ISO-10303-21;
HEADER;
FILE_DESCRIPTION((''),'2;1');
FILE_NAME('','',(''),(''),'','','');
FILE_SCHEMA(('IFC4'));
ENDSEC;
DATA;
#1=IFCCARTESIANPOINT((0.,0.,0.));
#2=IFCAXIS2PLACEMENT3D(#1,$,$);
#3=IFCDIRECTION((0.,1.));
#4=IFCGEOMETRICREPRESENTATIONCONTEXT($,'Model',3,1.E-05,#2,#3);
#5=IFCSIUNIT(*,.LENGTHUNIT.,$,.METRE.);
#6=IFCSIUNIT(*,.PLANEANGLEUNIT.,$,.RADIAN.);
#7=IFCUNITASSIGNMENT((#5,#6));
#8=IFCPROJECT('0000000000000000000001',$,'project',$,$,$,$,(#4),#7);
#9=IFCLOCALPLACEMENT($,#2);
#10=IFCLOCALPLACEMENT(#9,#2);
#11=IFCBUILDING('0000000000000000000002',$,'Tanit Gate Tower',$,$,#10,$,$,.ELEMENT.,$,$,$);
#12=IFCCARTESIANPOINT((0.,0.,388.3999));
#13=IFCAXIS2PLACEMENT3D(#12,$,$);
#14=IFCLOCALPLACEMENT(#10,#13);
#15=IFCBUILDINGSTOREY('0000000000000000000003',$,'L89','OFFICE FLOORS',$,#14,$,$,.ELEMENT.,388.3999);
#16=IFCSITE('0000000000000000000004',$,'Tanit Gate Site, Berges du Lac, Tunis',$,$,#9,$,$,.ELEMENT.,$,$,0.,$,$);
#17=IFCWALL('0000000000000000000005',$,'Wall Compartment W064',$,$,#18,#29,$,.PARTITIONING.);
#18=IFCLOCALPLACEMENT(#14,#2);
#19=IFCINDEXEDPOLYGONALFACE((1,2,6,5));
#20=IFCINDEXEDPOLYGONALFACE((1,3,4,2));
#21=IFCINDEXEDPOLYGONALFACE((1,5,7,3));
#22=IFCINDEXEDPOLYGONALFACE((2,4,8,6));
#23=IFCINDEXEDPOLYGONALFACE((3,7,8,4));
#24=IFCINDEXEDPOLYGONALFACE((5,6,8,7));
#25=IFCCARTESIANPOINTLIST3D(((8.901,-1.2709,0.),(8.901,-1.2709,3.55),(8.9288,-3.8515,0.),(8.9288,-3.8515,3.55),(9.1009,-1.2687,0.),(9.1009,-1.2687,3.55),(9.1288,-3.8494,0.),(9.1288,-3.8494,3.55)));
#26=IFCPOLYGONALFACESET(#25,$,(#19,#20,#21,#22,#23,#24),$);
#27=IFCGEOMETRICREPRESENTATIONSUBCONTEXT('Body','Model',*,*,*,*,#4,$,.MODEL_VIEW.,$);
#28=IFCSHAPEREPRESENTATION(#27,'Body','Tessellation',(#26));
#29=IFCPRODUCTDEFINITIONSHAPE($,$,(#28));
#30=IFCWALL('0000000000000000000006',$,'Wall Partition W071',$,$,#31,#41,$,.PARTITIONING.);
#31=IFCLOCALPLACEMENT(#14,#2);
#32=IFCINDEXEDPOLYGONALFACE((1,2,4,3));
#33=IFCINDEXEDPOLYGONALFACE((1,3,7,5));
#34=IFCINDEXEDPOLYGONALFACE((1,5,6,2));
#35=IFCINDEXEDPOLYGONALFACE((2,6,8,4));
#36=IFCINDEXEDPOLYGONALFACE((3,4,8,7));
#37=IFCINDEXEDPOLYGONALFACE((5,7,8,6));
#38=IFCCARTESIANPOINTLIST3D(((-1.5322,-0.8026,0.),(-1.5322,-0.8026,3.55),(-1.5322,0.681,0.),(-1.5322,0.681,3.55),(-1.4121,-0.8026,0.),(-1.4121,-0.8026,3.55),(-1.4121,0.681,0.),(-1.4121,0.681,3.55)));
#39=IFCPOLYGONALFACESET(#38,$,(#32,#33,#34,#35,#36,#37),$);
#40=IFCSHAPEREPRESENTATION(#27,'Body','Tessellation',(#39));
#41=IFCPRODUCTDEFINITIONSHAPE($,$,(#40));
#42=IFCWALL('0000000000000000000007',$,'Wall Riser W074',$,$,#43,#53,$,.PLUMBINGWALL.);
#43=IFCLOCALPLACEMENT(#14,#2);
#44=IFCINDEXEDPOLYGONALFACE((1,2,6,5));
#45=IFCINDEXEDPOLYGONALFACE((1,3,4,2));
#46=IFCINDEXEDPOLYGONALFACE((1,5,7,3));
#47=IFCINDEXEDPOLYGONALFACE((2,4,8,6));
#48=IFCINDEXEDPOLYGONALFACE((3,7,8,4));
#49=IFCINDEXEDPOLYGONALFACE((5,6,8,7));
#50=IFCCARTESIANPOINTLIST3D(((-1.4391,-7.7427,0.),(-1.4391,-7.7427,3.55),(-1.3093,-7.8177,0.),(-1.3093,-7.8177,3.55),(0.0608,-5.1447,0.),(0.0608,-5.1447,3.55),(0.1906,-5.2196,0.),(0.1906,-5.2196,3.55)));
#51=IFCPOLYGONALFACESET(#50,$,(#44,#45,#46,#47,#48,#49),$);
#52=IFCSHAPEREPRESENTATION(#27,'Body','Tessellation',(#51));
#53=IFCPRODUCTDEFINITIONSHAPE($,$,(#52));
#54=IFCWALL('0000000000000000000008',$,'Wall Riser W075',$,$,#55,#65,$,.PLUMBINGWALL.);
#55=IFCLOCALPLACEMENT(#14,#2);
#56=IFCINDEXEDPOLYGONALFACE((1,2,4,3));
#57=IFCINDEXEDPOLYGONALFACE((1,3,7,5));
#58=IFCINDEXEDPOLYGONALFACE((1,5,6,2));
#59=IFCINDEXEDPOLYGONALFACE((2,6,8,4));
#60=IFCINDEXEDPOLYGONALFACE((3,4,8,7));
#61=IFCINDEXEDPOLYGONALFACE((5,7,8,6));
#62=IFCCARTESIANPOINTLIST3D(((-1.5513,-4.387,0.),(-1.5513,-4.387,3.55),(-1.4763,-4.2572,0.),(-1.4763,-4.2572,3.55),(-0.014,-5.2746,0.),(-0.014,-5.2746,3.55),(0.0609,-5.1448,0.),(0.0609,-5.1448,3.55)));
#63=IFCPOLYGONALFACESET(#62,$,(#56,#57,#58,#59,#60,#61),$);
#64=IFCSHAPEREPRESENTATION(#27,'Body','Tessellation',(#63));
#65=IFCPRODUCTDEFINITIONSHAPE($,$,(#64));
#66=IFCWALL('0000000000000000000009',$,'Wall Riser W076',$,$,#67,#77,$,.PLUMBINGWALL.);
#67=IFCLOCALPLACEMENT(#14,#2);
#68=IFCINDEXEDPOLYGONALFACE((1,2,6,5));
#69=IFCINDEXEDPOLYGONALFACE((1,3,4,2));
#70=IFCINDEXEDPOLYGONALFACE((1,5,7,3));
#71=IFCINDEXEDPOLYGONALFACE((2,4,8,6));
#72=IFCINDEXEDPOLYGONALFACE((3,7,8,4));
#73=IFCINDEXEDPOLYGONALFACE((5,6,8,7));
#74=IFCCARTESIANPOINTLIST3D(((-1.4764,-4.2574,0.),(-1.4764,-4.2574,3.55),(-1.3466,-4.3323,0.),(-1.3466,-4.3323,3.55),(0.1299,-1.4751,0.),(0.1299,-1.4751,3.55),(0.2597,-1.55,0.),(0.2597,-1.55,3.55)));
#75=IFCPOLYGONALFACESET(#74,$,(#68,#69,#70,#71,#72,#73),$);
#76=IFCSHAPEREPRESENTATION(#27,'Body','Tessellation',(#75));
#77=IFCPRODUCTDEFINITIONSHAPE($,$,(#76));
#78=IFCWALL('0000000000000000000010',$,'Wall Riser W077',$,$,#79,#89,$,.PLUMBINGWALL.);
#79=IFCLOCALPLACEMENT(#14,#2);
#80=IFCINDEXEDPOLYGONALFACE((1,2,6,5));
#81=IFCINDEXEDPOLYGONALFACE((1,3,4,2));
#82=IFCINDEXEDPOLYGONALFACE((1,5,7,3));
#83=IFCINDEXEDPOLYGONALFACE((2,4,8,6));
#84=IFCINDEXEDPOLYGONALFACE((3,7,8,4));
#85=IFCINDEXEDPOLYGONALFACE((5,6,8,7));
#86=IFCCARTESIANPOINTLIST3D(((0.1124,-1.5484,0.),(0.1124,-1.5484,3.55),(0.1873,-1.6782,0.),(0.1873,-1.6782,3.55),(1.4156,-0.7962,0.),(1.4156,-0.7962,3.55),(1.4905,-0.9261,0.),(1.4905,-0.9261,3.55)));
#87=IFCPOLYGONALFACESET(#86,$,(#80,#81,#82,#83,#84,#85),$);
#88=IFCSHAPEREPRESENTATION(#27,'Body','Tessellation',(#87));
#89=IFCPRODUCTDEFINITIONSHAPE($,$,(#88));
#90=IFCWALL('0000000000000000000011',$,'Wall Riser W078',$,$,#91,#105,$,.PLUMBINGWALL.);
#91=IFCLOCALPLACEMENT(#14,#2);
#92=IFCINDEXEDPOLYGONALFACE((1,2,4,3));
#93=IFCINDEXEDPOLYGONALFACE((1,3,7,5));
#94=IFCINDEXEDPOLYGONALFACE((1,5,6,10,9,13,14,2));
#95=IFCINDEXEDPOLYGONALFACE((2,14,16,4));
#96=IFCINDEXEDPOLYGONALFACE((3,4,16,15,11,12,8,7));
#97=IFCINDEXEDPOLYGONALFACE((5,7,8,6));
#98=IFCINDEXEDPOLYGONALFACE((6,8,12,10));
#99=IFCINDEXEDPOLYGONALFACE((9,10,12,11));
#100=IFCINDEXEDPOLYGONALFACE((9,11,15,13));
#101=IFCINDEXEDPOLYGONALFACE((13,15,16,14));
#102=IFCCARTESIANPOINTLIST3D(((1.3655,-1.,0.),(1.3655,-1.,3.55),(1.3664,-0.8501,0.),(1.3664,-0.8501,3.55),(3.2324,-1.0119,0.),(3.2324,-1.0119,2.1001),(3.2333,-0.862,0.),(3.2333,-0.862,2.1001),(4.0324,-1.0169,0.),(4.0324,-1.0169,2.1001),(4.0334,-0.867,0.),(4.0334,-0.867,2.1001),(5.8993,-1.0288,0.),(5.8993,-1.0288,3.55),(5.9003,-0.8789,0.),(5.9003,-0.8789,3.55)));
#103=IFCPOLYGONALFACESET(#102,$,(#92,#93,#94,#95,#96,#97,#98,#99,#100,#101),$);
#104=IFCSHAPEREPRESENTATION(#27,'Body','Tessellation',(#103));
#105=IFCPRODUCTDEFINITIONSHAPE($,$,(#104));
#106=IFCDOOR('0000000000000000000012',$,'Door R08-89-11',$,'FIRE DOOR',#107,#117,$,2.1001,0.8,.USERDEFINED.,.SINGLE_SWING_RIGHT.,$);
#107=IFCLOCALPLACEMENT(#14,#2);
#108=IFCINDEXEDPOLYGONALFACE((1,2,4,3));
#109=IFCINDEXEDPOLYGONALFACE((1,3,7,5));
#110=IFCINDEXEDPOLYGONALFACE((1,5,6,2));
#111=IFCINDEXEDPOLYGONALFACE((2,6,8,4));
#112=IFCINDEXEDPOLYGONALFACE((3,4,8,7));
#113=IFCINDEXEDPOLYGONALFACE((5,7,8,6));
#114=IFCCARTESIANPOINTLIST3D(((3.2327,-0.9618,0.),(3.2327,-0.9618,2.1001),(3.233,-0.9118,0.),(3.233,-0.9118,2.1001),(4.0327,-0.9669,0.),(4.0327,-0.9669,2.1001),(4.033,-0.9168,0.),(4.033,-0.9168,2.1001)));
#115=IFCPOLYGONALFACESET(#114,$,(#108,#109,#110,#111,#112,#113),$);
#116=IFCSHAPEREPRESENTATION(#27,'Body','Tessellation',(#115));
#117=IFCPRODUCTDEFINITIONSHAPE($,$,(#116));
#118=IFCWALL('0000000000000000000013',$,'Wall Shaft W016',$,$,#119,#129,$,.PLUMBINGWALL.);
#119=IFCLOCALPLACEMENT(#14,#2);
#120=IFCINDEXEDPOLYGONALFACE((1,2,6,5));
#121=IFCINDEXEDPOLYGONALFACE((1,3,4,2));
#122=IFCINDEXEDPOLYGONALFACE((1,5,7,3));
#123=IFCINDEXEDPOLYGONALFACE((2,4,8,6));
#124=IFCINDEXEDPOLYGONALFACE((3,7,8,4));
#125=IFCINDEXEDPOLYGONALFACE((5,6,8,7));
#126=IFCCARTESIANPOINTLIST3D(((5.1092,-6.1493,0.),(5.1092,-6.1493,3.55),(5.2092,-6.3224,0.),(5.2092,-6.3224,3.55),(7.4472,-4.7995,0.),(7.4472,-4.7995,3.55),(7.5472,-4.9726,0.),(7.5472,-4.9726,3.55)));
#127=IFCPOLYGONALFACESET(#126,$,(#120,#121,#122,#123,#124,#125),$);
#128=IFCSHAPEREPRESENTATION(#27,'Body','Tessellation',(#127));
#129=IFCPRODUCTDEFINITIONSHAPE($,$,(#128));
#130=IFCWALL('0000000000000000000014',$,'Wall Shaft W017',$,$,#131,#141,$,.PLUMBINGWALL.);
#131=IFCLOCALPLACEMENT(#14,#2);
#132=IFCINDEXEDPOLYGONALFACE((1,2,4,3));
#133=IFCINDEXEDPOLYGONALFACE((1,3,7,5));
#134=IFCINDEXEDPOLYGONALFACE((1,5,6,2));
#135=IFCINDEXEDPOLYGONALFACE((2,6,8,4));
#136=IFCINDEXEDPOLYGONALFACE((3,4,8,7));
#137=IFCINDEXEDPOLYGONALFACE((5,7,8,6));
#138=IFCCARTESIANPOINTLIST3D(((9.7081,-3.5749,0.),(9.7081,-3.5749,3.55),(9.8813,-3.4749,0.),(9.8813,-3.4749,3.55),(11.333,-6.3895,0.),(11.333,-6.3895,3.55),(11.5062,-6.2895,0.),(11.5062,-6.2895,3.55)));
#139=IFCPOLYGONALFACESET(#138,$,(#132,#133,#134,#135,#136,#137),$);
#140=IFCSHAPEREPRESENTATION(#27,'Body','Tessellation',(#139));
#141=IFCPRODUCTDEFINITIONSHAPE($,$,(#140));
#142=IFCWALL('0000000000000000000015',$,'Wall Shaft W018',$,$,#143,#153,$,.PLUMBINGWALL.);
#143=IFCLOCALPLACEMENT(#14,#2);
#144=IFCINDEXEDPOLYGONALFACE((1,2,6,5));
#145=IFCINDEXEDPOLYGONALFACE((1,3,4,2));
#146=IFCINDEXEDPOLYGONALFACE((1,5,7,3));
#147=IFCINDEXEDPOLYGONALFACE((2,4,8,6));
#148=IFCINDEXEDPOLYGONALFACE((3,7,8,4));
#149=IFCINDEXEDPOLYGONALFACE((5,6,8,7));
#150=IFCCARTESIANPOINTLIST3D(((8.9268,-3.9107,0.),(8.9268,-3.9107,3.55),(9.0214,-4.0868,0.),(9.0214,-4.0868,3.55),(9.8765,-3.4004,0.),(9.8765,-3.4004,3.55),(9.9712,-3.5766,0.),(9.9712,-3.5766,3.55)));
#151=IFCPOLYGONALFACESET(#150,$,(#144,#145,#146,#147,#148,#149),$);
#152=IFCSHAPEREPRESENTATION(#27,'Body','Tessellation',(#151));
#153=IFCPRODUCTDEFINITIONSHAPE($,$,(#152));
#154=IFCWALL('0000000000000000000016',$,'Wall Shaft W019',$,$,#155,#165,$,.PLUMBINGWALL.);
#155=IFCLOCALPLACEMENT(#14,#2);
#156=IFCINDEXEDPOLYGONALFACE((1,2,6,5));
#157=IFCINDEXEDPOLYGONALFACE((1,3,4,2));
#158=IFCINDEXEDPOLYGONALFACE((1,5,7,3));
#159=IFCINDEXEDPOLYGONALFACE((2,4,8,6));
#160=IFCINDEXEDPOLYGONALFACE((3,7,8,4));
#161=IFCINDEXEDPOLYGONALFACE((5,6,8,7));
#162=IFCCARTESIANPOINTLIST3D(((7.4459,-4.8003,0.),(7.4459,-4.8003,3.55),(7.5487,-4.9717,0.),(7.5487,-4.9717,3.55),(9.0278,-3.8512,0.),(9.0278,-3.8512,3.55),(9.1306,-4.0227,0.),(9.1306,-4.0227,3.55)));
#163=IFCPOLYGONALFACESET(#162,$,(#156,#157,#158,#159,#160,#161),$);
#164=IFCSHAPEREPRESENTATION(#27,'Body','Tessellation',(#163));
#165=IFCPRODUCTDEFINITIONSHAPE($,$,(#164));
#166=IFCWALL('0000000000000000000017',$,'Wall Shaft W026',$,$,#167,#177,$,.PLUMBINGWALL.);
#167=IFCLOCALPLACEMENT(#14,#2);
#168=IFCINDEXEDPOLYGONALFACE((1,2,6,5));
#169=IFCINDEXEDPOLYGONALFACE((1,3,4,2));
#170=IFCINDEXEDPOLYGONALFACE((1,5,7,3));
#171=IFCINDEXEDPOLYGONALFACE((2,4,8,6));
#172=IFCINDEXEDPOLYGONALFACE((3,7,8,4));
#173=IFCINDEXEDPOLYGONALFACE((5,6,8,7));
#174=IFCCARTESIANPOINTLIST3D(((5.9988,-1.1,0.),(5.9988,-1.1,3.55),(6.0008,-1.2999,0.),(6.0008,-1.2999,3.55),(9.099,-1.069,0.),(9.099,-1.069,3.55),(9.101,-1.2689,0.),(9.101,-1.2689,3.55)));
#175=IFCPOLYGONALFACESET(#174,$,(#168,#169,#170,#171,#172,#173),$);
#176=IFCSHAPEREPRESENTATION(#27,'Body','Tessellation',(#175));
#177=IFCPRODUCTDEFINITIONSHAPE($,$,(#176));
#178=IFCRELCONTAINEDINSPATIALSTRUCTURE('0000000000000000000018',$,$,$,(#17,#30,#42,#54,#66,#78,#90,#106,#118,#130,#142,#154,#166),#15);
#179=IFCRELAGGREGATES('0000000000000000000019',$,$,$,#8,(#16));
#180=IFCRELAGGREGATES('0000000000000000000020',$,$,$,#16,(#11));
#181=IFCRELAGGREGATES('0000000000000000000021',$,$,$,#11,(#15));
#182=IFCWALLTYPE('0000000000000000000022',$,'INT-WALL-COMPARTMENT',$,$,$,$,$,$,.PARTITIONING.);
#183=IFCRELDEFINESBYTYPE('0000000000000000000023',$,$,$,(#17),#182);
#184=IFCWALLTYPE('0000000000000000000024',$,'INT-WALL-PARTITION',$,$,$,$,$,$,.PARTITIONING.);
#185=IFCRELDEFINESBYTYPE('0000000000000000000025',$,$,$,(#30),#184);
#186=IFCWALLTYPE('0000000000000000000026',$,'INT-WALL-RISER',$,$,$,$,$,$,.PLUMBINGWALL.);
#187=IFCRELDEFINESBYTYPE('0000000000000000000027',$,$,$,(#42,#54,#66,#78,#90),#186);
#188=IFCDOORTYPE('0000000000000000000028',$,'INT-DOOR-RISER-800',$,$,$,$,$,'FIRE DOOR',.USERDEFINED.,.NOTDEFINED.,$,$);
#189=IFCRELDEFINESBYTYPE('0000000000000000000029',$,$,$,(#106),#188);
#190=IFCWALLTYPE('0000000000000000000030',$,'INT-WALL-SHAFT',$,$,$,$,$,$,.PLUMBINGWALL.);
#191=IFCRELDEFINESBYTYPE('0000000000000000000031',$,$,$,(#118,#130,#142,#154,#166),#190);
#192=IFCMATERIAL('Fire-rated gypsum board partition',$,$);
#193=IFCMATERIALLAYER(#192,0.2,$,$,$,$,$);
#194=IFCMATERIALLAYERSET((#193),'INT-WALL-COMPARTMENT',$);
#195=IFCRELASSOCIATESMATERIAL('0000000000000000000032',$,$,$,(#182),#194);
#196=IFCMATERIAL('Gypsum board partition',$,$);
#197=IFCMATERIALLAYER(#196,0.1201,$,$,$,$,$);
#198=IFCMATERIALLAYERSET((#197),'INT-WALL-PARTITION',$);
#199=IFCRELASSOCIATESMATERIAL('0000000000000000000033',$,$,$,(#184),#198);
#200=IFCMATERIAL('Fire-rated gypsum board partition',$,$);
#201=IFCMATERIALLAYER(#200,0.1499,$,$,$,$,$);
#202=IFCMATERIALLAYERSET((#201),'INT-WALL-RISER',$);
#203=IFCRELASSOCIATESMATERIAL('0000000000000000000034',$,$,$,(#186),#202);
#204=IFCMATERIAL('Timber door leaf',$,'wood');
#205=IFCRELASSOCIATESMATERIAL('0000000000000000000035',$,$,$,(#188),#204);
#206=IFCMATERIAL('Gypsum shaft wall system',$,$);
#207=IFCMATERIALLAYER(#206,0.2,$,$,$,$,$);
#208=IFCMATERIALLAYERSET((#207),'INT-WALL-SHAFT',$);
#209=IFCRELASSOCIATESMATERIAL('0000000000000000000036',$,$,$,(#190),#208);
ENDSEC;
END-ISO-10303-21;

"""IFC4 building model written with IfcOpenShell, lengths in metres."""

from ifc_helpers import new_model, si_unit, direction, frame, frame_2d, origin, place, context, subcontext, project, spatial, rectangle, extrude, material, layer, layer_set, type_object, element, fill, save


model = new_model("IFC4")

# Units and contexts
model_context = context("Model", 3, precision=1e-05, world=origin(), true_north=direction((0.0, 1.0)))
body_context = subcontext(model_context, "Body", "Model", "MODEL_VIEW")
ifc_project = project(units=[si_unit("LENGTHUNIT", "METRE"), si_unit("PLANEANGLEUNIT", "RADIAN")], contexts=[model_context])

# Site, building, storey
site_placement = place(None, origin())
site = spatial("IfcSite", under=ifc_project, at=site_placement, Name="Tanit Gate Site, Berges du Lac, Tunis", CompositionType="ELEMENT", RefElevation=0.0)
building_placement = place(site_placement, origin())
building = spatial("IfcBuilding", under=site, at=building_placement, Name="Tanit Gate Tower", CompositionType="ELEMENT")
storey_placement = place(building_placement, frame((0.0, 0.0, 388.3999)))
storey = spatial("IfcBuildingStorey", under=building, at=storey_placement, Name="L89", Description="OFFICE FLOORS", CompositionType="ELEMENT", Elevation=388.3999)

# Walls
ifc_material_1 = material(Name="Fire-rated gypsum board partition")
ifc_layer_1 = layer(ifc_material_1, 0.2)
ifc_layer_set_1 = layer_set([ifc_layer_1], Name="INT-WALL-COMPARTMENT")
wall_type_1 = type_object("IfcWallType", Name="INT-WALL-COMPARTMENT", PredefinedType="PARTITIONING", material=ifc_layer_set_1)
wall_1_placement = place(storey_placement, frame((9.0288, -3.8506, 0.0), z_axis=(0.0, 0.0, 1.0), x_axis=(-0.010785, 0.999942, 0.0)))
element("IfcWall", 1, at=wall_1_placement, inside=storey, type_object=wall_type_1, Name="Wall Compartment W064", PredefinedType="PARTITIONING", context=body_context, shape_type="SweptSolid", body=[
    extrude(rectangle(XDim=2.5808, YDim=0.2, at=frame_2d((1.2905, 0.0))), origin(), (0.0, 0.0, 1.0), 3.55),
])
ifc_material_2 = material(Name="Gypsum board partition")
ifc_layer_2 = layer(ifc_material_2, 0.1201)
ifc_layer_set_2 = layer_set([ifc_layer_2], Name="INT-WALL-PARTITION")
wall_type_2 = type_object("IfcWallType", Name="INT-WALL-PARTITION", PredefinedType="PARTITIONING", material=ifc_layer_set_2)
wall_2_placement = place(storey_placement, frame((-1.4722, -0.8025, 0.0), z_axis=(0.0, 0.0, 1.0), x_axis=(0.0, 1.0, 0.0)))
element("IfcWall", 2, at=wall_2_placement, inside=storey, type_object=wall_type_2, Name="Wall Partition W071", PredefinedType="PARTITIONING", context=body_context, shape_type="SweptSolid", body=[
    extrude(rectangle(XDim=1.4836, YDim=0.1201, at=frame_2d((0.7417, 0.0))), origin(), (0.0, 0.0, 1.0), 3.55),
])
ifc_material_3 = material(Name="Fire-rated gypsum board partition")
ifc_layer_3 = layer(ifc_material_3, 0.1499)
ifc_layer_set_3 = layer_set([ifc_layer_3], Name="INT-WALL-RISER")
wall_type_3 = type_object("IfcWallType", Name="INT-WALL-RISER", PredefinedType="PLUMBINGWALL", material=ifc_layer_set_3)
wall_3_placement = place(storey_placement, frame((0.1257, -5.1821, 0.0), z_axis=(0.0, 0.0, 1.0), x_axis=(-0.49999, -0.866031, 0.0)))
element("IfcWall", 3, at=wall_3_placement, inside=storey, type_object=wall_type_3, Name="Wall Riser W074", PredefinedType="PLUMBINGWALL", context=body_context, shape_type="SweptSolid", body=[
    extrude(rectangle(XDim=3.0, YDim=0.1499, at=frame_2d((1.5, 0.0))), origin(), (0.0, 0.0, 1.0), 3.55),
])
wall_4_placement = place(storey_placement, frame((-1.5139, -4.322, 0.0), z_axis=(0.0, 0.0, 1.0), x_axis=(0.866, -0.500044, 0.0)))
element("IfcWall", 4, at=wall_4_placement, inside=storey, type_object=wall_type_3, Name="Wall Riser W075", PredefinedType="PLUMBINGWALL", context=body_context, shape_type="SweptSolid", body=[
    extrude(rectangle(XDim=1.7751, YDim=0.1499, at=frame_2d((0.8877, 0.0))), origin(), (0.0, 0.0, 1.0), 3.55),
])
wall_5_placement = place(storey_placement, frame((0.1948, -1.5125, 0.0), z_axis=(0.0, 0.0, 1.0), x_axis=(-0.499972, -0.866041, 0.0)))
element("IfcWall", 5, at=wall_5_placement, inside=storey, type_object=wall_type_3, Name="Wall Riser W076", PredefinedType="PLUMBINGWALL", context=body_context, shape_type="SweptSolid", body=[
    extrude(rectangle(XDim=3.2126, YDim=0.1499, at=frame_2d((1.6064, 0.0))), origin(), (0.0, 0.0, 1.0), 3.55),
])
wall_6_placement = place(storey_placement, frame((1.4531, -0.8611, 0.0), z_axis=(0.0, 0.0, 1.0), x_axis=(-0.866088, -0.499891, 0.0)))
element("IfcWall", 6, at=wall_6_placement, inside=storey, type_object=wall_type_3, Name="Wall Riser W077", PredefinedType="PLUMBINGWALL", context=body_context, shape_type="SweptSolid", body=[
    extrude(rectangle(XDim=1.5046, YDim=0.1499, at=frame_2d((0.7524, 0.0))), origin(), (0.0, 0.0, 1.0), 3.55),
])

# Wall, opening, door
wall_7_placement = place(storey_placement, frame((5.8999, -0.9539, 0.0), z_axis=(0.0, 0.0, 1.0), x_axis=(-0.99998, 0.006354, 0.0)))
wall_7 = element("IfcWall", 7, at=wall_7_placement, inside=storey, type_object=wall_type_3, Name="Wall Riser W078", PredefinedType="PLUMBINGWALL", context=body_context, shape_type="SweptSolid", body=[
    extrude(rectangle(XDim=4.5339, YDim=0.1499, at=frame_2d((2.2671, 0.0))), origin(), (0.0, 0.0, 1.0), 3.55),
])
opening_placement = place(wall_7_placement, frame((1.8672, 0.0, 0.0)))
opening = element("IfcOpeningElement", 8, at=opening_placement, cuts=wall_7, PredefinedType="OPENING", context=body_context, shape_type="SweptSolid", body=[
    extrude(rectangle(XDim=0.8, YDim=2.1001, at=frame_2d((0.3999, 1.05))), frame((0.0, 0.085, 0.0), z_axis=(0.0, -1.0, 0.0), x_axis=(1.0, 0.0, 0.0)), (0.0, 0.0, 1.0), 0.1699),
])
ifc_material_4 = material(Name="Timber door leaf", Category="wood")
door_type = type_object("IfcDoorType", Name="INT-DOOR-RISER-800", ElementType="FIRE DOOR", OperationType="NOTDEFINED", PredefinedType="USERDEFINED", material=ifc_material_4)
door_placement = place(opening_placement, origin())
door = element("IfcDoor", 9, at=door_placement, inside=storey, type_object=door_type, Name="Door R08-89-11", ObjectType="FIRE DOOR", OperationType="SINGLE_SWING_RIGHT", OverallHeight=2.1001, OverallWidth=0.8, PredefinedType="USERDEFINED", context=body_context, shape_type="SweptSolid", body=[
    extrude(rectangle(XDim=0.8, YDim=2.1001, at=frame_2d((0.3999, 1.05))), frame((0.0, 0.0249, 0.0), z_axis=(0.0, -1.0, 0.0), x_axis=(1.0, 0.0, 0.0)), (0.0, 0.0, 1.0), 0.05),
])
fill(opening, door)

# Walls
ifc_material_5 = material(Name="Gypsum shaft wall system")
ifc_layer_4 = layer(ifc_material_5, 0.2)
ifc_layer_set_4 = layer_set([ifc_layer_4], Name="INT-WALL-SHAFT")
wall_type_4 = type_object("IfcWallType", Name="INT-WALL-SHAFT", PredefinedType="PLUMBINGWALL", material=ifc_layer_set_4)
wall_8_placement = place(storey_placement, frame((5.1592, -6.2358, 0.0), z_axis=(0.0, 0.0, 1.0), x_axis=(0.866037, 0.499981, 0.0)))
element("IfcWall", 10, at=wall_8_placement, inside=storey, type_object=wall_type_4, Name="Wall Shaft W016", PredefinedType="PLUMBINGWALL", context=body_context, shape_type="SweptSolid", body=[
    extrude(rectangle(XDim=2.6997, YDim=0.2, at=frame_2d((1.3499, 0.0))), origin(), (0.0, 0.0, 1.0), 3.55),
])
wall_9_placement = place(storey_placement, frame((9.7947, -3.5249, 0.0), z_axis=(0.0, 0.0, 1.0), x_axis=(0.499985, -0.866034, 0.0)))
element("IfcWall", 11, at=wall_9_placement, inside=storey, type_object=wall_type_4, Name="Wall Shaft W017", PredefinedType="PLUMBINGWALL", context=body_context, shape_type="SweptSolid", body=[
    extrude(rectangle(XDim=3.25, YDim=0.2, at=frame_2d((1.625, 0.0))), origin(), (0.0, 0.0, 1.0), 3.55),
])
wall_10_placement = place(storey_placement, frame((8.9741, -3.9988, 0.0), z_axis=(0.0, 0.0, 1.0), x_axis=(0.880907, 0.473289, 0.0)))
element("IfcWall", 12, at=wall_10_placement, inside=storey, type_object=wall_type_4, Name="Wall Shaft W018", PredefinedType="PLUMBINGWALL", context=body_context, shape_type="SweptSolid", body=[
    extrude(rectangle(XDim=1.0781, YDim=0.2, at=frame_2d((0.5391, 0.0))), origin(), (0.0, 0.0, 1.0), 3.55),
])
wall_11_placement = place(storey_placement, frame((7.4973, -4.886, 0.0), z_axis=(0.0, 0.0, 1.0), x_axis=(0.857516, 0.514457, 0.0)))
element("IfcWall", 13, at=wall_11_placement, inside=storey, type_object=wall_type_4, Name="Wall Shaft W019", PredefinedType="PLUMBINGWALL", context=body_context, shape_type="SweptSolid", body=[
    extrude(rectangle(XDim=1.8447, YDim=0.2, at=frame_2d((0.9224, 0.0))), origin(), (0.0, 0.0, 1.0), 3.55),
])
wall_12_placement = place(storey_placement, frame((9.1001, -1.1689, 0.0), z_axis=(0.0, 0.0, 1.0), x_axis=(-0.99995, -0.010001, 0.0)))
element("IfcWall", 14, at=wall_12_placement, inside=storey, type_object=wall_type_4, Name="Wall Shaft W026", PredefinedType="PLUMBINGWALL", context=body_context, shape_type="SweptSolid", body=[
    extrude(rectangle(XDim=3.1003, YDim=0.2, at=frame_2d((1.5503, 0.0))), origin(), (0.0, 0.0, 1.0), 3.55),
])

save(model, "model.ifc")
